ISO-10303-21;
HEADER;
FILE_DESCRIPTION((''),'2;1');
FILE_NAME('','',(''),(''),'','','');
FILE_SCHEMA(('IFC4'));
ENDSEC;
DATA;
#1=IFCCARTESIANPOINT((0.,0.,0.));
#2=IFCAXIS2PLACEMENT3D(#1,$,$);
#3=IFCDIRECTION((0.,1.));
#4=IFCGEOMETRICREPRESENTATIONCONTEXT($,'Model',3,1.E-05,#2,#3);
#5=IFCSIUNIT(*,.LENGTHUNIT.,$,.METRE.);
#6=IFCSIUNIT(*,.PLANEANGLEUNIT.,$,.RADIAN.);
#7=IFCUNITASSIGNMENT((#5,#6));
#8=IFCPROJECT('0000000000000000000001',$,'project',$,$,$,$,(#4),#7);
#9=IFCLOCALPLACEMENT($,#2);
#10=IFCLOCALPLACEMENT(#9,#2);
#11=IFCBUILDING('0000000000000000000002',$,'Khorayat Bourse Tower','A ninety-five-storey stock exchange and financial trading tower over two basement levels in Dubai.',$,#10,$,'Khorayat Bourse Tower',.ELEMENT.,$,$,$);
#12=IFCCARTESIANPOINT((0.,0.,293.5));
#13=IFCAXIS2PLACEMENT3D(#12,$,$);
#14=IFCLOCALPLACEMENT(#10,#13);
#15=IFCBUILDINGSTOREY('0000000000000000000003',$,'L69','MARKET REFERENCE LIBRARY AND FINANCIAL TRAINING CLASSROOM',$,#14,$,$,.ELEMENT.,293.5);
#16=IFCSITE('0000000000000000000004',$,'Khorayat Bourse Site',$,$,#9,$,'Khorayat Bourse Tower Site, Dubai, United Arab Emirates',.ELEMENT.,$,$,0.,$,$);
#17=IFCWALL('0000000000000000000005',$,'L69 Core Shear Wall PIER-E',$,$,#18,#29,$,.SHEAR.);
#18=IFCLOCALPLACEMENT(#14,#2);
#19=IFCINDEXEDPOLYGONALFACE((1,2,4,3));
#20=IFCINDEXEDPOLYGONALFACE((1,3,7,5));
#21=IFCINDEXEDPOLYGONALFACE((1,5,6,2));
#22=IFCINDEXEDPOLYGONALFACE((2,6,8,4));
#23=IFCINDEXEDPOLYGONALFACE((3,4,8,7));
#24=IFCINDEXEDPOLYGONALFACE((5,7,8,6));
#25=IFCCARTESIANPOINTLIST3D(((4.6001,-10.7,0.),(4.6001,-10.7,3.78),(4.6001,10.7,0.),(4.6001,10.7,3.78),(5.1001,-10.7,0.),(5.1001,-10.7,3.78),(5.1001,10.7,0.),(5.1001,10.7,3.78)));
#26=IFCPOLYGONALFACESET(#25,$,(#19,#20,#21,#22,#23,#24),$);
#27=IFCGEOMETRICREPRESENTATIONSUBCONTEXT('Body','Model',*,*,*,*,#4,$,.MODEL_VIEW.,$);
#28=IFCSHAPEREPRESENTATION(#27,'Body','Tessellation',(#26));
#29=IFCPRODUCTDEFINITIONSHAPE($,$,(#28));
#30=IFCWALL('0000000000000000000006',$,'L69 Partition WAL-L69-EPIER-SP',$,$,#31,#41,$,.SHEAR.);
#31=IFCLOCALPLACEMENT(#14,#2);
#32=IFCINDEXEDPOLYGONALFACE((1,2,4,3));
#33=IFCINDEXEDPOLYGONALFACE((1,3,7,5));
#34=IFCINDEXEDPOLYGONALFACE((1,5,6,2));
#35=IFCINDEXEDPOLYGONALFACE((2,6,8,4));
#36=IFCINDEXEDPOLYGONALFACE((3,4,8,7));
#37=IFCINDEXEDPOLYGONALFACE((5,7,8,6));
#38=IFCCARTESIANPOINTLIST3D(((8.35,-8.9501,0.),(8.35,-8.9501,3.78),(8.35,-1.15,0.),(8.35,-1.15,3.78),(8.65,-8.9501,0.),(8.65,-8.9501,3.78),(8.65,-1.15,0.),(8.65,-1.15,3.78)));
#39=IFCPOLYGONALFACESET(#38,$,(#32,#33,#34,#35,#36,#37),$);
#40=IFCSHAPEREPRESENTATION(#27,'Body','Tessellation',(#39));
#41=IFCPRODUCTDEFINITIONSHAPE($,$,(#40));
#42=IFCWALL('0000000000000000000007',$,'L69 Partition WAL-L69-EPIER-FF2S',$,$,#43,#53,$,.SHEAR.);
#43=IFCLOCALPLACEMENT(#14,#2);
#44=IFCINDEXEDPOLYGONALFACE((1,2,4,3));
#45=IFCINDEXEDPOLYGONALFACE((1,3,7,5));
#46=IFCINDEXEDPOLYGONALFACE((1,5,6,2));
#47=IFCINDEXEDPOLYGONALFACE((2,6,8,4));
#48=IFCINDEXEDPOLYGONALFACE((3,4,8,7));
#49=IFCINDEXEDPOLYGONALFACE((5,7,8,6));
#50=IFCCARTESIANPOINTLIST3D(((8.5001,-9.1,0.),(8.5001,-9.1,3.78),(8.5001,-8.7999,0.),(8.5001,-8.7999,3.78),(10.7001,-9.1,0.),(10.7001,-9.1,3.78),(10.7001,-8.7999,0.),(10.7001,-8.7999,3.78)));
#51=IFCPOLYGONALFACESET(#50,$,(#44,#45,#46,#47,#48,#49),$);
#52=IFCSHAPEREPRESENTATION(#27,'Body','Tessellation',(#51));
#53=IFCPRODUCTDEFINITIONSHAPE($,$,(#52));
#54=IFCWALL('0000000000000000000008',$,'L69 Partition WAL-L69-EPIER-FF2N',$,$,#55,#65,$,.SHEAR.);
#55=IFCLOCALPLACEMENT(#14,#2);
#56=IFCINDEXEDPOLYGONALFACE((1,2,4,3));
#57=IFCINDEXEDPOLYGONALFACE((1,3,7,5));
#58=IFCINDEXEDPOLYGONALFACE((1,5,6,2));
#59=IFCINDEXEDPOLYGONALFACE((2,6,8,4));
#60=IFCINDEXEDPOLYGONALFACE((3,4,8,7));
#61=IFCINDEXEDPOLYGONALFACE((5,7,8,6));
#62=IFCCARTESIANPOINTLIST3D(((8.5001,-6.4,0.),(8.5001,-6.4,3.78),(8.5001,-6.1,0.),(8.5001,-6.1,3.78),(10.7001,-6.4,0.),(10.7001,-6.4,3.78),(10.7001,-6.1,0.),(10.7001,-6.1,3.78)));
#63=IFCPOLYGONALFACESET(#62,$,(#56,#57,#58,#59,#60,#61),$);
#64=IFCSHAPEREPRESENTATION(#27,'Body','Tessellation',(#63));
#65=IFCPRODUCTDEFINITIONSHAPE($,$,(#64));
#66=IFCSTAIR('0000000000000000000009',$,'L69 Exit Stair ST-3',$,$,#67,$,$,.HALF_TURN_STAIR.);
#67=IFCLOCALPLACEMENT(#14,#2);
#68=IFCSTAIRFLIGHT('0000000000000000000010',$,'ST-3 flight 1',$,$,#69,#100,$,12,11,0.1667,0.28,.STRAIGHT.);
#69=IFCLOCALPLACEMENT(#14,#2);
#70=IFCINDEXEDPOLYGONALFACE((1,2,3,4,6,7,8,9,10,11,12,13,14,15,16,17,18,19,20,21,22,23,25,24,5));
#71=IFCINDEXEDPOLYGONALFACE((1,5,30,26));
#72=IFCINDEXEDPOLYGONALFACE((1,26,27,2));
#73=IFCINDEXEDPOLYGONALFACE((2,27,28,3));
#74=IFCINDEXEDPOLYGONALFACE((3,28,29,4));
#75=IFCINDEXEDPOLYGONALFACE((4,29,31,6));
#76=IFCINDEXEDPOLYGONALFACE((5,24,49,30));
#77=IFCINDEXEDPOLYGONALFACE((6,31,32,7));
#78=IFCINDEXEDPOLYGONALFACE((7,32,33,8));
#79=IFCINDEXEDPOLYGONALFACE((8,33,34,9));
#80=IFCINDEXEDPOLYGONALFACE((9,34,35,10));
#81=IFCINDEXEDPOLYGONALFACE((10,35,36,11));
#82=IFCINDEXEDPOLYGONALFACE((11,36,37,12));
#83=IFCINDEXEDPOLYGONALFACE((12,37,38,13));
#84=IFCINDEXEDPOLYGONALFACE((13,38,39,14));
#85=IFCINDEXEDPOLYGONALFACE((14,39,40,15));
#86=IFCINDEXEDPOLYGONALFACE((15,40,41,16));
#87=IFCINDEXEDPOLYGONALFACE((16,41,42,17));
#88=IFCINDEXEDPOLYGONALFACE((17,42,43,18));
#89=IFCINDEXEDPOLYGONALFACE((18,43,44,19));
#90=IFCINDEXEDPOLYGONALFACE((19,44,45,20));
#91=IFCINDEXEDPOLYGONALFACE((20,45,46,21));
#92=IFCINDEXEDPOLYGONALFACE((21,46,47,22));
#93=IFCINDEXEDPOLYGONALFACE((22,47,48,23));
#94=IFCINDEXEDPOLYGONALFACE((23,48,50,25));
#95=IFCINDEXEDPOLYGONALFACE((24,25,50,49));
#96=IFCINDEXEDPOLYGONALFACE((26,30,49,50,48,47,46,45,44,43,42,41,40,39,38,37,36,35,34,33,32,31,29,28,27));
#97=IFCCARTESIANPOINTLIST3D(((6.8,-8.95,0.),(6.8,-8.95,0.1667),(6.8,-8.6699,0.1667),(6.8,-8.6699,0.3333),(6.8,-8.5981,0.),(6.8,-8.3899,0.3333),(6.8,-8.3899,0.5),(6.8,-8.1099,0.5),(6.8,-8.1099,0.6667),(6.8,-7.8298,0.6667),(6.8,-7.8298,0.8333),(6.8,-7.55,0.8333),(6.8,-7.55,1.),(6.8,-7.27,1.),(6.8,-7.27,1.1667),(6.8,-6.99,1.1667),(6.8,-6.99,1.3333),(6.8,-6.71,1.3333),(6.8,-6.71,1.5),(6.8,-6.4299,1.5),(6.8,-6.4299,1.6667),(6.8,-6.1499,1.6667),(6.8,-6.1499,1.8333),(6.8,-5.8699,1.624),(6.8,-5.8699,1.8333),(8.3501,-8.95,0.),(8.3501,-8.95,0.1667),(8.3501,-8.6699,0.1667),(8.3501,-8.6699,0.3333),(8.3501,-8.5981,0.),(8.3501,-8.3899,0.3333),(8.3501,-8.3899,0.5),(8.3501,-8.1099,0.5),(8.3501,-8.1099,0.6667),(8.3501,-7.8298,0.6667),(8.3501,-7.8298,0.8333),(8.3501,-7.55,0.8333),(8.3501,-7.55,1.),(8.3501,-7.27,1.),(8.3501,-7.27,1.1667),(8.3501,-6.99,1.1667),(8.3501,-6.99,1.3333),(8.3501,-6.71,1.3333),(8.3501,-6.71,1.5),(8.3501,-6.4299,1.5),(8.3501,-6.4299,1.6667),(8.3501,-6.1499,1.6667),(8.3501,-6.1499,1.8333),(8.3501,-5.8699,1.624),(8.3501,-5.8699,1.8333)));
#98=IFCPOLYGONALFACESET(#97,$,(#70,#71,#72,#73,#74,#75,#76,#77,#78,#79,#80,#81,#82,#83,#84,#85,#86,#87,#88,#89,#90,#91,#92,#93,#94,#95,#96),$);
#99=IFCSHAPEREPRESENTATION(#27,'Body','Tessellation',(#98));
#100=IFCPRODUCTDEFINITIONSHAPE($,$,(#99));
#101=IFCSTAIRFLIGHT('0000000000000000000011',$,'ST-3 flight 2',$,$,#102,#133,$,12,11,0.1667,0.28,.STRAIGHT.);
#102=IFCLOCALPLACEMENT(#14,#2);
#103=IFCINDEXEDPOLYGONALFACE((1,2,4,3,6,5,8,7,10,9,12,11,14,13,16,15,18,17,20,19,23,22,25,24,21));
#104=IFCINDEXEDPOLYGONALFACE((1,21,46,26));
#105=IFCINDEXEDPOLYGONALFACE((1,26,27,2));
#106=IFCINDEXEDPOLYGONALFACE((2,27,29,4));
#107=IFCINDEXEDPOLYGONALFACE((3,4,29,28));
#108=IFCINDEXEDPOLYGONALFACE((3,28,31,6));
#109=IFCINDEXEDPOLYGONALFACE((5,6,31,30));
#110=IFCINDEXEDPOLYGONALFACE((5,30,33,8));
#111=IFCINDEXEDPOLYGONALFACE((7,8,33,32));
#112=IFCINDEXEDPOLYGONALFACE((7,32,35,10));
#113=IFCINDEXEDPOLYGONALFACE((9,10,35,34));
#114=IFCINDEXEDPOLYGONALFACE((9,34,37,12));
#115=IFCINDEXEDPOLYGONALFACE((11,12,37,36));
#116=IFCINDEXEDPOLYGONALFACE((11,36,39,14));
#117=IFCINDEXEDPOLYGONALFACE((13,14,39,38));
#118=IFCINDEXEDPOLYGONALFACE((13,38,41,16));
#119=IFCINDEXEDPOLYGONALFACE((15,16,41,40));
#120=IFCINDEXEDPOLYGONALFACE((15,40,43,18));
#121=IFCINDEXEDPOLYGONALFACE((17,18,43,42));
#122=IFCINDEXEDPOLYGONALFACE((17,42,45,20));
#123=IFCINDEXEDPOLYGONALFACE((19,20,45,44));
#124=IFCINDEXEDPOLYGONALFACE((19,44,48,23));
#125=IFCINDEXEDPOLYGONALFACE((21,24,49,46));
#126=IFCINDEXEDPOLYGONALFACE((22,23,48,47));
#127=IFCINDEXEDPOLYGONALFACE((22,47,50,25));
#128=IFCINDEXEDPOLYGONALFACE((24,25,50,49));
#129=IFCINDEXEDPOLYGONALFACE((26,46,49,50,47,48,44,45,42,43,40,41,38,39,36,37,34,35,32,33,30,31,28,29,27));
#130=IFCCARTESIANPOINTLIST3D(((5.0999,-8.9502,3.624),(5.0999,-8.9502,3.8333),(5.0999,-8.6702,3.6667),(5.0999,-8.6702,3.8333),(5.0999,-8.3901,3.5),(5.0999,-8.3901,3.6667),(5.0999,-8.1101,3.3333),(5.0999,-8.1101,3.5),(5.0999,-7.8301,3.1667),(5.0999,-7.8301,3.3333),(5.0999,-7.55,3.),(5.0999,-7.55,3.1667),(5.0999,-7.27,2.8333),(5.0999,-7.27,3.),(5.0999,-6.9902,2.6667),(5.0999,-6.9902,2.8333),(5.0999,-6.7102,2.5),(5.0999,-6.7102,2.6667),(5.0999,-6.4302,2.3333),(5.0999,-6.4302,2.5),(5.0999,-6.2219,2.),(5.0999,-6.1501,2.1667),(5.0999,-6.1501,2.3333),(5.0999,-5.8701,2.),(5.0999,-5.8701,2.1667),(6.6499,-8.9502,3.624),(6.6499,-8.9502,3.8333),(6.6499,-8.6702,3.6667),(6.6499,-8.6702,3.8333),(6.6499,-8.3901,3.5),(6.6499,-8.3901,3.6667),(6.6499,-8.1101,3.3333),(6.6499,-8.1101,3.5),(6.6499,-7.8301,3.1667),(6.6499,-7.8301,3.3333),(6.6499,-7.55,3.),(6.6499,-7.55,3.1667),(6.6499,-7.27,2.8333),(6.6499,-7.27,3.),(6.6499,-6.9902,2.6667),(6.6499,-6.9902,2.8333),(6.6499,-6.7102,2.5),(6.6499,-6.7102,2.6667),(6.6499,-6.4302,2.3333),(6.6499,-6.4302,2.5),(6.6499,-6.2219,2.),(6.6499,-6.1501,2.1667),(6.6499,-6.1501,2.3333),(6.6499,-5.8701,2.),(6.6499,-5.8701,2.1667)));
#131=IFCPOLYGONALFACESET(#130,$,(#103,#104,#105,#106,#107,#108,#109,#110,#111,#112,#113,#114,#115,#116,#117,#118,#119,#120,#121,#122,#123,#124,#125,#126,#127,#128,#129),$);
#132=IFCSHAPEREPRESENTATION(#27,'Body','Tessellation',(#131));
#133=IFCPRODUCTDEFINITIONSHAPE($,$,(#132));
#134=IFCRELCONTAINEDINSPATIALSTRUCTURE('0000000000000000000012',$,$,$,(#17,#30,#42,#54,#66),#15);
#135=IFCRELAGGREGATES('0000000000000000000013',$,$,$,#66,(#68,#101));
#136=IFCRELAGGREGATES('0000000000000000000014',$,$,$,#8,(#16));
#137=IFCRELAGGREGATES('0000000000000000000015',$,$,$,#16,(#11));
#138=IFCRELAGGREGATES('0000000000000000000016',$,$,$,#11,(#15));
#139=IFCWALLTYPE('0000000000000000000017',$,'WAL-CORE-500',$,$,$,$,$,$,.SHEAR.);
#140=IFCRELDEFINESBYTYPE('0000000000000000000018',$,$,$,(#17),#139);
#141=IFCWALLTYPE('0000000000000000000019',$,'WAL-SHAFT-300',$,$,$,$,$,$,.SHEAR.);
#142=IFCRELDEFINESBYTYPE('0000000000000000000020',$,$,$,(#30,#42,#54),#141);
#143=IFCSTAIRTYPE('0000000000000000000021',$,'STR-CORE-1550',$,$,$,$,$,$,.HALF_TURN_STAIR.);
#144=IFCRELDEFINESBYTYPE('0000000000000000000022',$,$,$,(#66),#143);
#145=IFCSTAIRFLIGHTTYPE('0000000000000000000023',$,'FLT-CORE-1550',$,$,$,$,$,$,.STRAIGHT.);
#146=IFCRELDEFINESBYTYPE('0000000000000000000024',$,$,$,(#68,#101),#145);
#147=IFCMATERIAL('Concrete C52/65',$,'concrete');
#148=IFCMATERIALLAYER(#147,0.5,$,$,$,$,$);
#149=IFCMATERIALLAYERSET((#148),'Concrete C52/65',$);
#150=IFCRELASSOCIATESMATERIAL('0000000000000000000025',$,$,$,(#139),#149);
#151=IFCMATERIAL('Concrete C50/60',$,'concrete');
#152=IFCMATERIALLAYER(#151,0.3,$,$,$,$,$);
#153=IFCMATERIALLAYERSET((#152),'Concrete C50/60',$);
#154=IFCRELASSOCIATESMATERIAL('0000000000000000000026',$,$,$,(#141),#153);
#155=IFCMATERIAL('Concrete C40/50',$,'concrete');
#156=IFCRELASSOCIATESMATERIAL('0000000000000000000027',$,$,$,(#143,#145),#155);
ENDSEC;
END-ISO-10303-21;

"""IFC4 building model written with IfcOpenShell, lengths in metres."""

from ifc_helpers import new_model, si_unit, direction, frame, frame_2d, origin, place, context, subcontext, project, spatial, polyline, rectangle, outline, extrude, source, transform, mapped, material, layer, layer_set, type_object, element, aggregate, save


model = new_model("IFC4")

# Units and contexts
model_context = context("Model", 3, precision=1e-05, world=origin(), true_north=direction((0.0, 1.0)))
body_context = subcontext(model_context, "Body", "Model", "MODEL_VIEW")
ifc_project = project(units=[si_unit("LENGTHUNIT", "METRE"), si_unit("PLANEANGLEUNIT", "RADIAN")], contexts=[model_context])

# Site, building, storey
site_placement = place(None, origin())
site = spatial("IfcSite", under=ifc_project, at=site_placement, Name="Khorayat Bourse Site", LongName="Khorayat Bourse Tower Site, Dubai, United Arab Emirates", CompositionType="ELEMENT", RefElevation=0.0)
building_placement = place(site_placement, origin())
building = spatial("IfcBuilding", under=site, at=building_placement, Name="Khorayat Bourse Tower", Description="A ninety-five-storey stock exchange and financial trading tower over two basement levels in Dubai.", LongName="Khorayat Bourse Tower", CompositionType="ELEMENT")
storey_placement = place(building_placement, frame((0.0, 0.0, 293.5)))
storey = spatial("IfcBuildingStorey", under=building, at=storey_placement, Name="L69", Description="MARKET REFERENCE LIBRARY AND FINANCIAL TRAINING CLASSROOM", CompositionType="ELEMENT", Elevation=293.5)

# Walls
ifc_material_1 = material(Name="Concrete C52/65", Category="concrete")
ifc_layer_1 = layer(ifc_material_1, 0.5)
ifc_layer_set_1 = layer_set([ifc_layer_1], Name="Concrete C52/65")
wall_type_1 = type_object("IfcWallType", Name="WAL-CORE-500", PredefinedType="SHEAR", material=ifc_layer_set_1)
shared_shape_1 = source(origin(), body_context, "Body", "SweptSolid", [
    extrude(rectangle(XDim=21.3999, YDim=0.5, at=frame_2d((10.7, 0.0))), origin(), (0.0, 0.0, 1.0), 3.78),
])
wall_1_placement = place(storey_placement, frame((4.8501, -10.7, 0.0), z_axis=(0.0, 0.0, 1.0), x_axis=(0.0, 1.0, 0.0)))
element("IfcWall", 1, at=wall_1_placement, inside=storey, type_object=wall_type_1, Name="L69 Core Shear Wall PIER-E", PredefinedType="SHEAR", context=body_context, shape_type="MappedRepresentation", body=[
    mapped(shared_shape_1, transform((0.0, 0.0, 0.0), scale=1.0)),
])
ifc_material_2 = material(Name="Concrete C50/60", Category="concrete")
ifc_layer_2 = layer(ifc_material_2, 0.3)
ifc_layer_set_2 = layer_set([ifc_layer_2], Name="Concrete C50/60")
wall_type_2 = type_object("IfcWallType", Name="WAL-SHAFT-300", PredefinedType="SHEAR", material=ifc_layer_set_2)
shared_shape_2 = source(origin(), body_context, "Body", "SweptSolid", [
    extrude(rectangle(XDim=7.8, YDim=0.3, at=frame_2d((3.8999, 0.0))), origin(), (0.0, 0.0, 1.0), 3.78),
])
wall_2_placement = place(storey_placement, frame((8.5, -8.95, 0.0), z_axis=(0.0, 0.0, 1.0), x_axis=(0.0, 1.0, 0.0)))
element("IfcWall", 2, at=wall_2_placement, inside=storey, type_object=wall_type_2, Name="L69 Partition WAL-L69-EPIER-SP", PredefinedType="SHEAR", context=body_context, shape_type="MappedRepresentation", body=[
    mapped(shared_shape_2, transform((0.0, 0.0, 0.0), scale=1.0)),
])
shared_shape_3 = source(origin(), body_context, "Body", "SweptSolid", [
    extrude(rectangle(XDim=2.2, YDim=0.3, at=frame_2d((1.1001, 0.0))), origin(), (0.0, 0.0, 1.0), 3.78),
])
for number, where, z_axis, x_axis, name in (
    (3, (8.5, -8.95, 0.0), (0.0, 0.0, 1.0), (1.0, 0.0, 0.0), "L69 Partition WAL-L69-EPIER-FF2S"),
    (4, (8.5, -6.25, 0.0), (0.0, 0.0, 1.0), (1.0, 0.0, 0.0), "L69 Partition WAL-L69-EPIER-FF2N"),
):
    element("IfcWall", number, at=place(storey_placement, frame(where, z_axis=z_axis, x_axis=x_axis)), inside=storey, type_object=wall_type_2, Name=name, PredefinedType="SHEAR", context=body_context, shape_type="MappedRepresentation", body=[
        mapped(shared_shape_3, transform((0.0, 0.0, 0.0), scale=1.0)),
    ])

# Stair, stair flights
ifc_material_3 = material(Name="Concrete C40/50", Category="concrete")
stair_type = type_object("IfcStairType", Name="STR-CORE-1550", PredefinedType="HALF_TURN_STAIR", material=ifc_material_3)
stair_placement = place(storey_placement, origin())
stair = element("IfcStair", 5, at=stair_placement, inside=storey, type_object=stair_type, Name="L69 Exit Stair ST-3", PredefinedType="HALF_TURN_STAIR")
stair_flight_type = type_object("IfcStairFlightType", Name="FLT-CORE-1550", PredefinedType="STRAIGHT", material=ifc_material_3)
shared_shape_4 = source(origin(), body_context, "Body", "SweptSolid", [
    extrude(outline(polyline([(0.0, 0.0), (0.0, 0.1667), (0.28, 0.1667), (0.28, 0.3333), (0.5601, 0.3333), (0.5601, 0.5), (0.8401, 0.5), (0.8401, 0.6667), (1.1201, 0.6667), (1.1201, 0.8333), (1.3999, 0.8333), (1.3999, 1.0), (1.6799, 1.0), (1.6799, 1.1667), (1.96, 1.1667), (1.96, 1.3333), (2.24, 1.3333), (2.24, 1.5), (2.52, 1.5), (2.52, 1.6667), (2.8, 1.6667), (2.8, 1.8333), (3.0801, 1.8333), (3.0801, 2.0), (3.0801, 1.624), (0.3518, 0.0), (0.0, 0.0)])), frame((0.0, 0.7749, 0.0), z_axis=(0.0, -1.0, 0.0), x_axis=(1.0, 0.0, 0.0)), (0.0, 0.0, 1.0), 1.55),
])
stair_flight_1_placement = place(storey_placement, frame((7.575, -8.95, 0.0), z_axis=(0.0, 0.0, 1.0), x_axis=(0.0, 1.0, 0.0)))
stair_flight_1 = element("IfcStairFlight", 6, at=stair_flight_1_placement, type_object=stair_flight_type, Name="ST-3 flight 1", NumberOfRisers=12, NumberOfTreads=11, PredefinedType="STRAIGHT", RiserHeight=0.1667, TreadLength=0.28, context=body_context, shape_type="MappedRepresentation", body=[
    mapped(shared_shape_4, transform((0.0, 0.0, 0.0), scale=1.0)),
])
stair_flight_2_placement = place(storey_placement, frame((5.875, -5.8701, 2.0), z_axis=(0.0, 0.0, 1.0), x_axis=(0.0, -1.0, 0.0)))
stair_flight_2 = element("IfcStairFlight", 7, at=stair_flight_2_placement, type_object=stair_flight_type, Name="ST-3 flight 2", NumberOfRisers=12, NumberOfTreads=11, PredefinedType="STRAIGHT", RiserHeight=0.1667, TreadLength=0.28, context=body_context, shape_type="MappedRepresentation", body=[
    mapped(shared_shape_4, transform((0.0, 0.0, 0.0), scale=1.0)),
])
aggregate(stair, [stair_flight_1, stair_flight_2])

save(model, "model.ifc")
